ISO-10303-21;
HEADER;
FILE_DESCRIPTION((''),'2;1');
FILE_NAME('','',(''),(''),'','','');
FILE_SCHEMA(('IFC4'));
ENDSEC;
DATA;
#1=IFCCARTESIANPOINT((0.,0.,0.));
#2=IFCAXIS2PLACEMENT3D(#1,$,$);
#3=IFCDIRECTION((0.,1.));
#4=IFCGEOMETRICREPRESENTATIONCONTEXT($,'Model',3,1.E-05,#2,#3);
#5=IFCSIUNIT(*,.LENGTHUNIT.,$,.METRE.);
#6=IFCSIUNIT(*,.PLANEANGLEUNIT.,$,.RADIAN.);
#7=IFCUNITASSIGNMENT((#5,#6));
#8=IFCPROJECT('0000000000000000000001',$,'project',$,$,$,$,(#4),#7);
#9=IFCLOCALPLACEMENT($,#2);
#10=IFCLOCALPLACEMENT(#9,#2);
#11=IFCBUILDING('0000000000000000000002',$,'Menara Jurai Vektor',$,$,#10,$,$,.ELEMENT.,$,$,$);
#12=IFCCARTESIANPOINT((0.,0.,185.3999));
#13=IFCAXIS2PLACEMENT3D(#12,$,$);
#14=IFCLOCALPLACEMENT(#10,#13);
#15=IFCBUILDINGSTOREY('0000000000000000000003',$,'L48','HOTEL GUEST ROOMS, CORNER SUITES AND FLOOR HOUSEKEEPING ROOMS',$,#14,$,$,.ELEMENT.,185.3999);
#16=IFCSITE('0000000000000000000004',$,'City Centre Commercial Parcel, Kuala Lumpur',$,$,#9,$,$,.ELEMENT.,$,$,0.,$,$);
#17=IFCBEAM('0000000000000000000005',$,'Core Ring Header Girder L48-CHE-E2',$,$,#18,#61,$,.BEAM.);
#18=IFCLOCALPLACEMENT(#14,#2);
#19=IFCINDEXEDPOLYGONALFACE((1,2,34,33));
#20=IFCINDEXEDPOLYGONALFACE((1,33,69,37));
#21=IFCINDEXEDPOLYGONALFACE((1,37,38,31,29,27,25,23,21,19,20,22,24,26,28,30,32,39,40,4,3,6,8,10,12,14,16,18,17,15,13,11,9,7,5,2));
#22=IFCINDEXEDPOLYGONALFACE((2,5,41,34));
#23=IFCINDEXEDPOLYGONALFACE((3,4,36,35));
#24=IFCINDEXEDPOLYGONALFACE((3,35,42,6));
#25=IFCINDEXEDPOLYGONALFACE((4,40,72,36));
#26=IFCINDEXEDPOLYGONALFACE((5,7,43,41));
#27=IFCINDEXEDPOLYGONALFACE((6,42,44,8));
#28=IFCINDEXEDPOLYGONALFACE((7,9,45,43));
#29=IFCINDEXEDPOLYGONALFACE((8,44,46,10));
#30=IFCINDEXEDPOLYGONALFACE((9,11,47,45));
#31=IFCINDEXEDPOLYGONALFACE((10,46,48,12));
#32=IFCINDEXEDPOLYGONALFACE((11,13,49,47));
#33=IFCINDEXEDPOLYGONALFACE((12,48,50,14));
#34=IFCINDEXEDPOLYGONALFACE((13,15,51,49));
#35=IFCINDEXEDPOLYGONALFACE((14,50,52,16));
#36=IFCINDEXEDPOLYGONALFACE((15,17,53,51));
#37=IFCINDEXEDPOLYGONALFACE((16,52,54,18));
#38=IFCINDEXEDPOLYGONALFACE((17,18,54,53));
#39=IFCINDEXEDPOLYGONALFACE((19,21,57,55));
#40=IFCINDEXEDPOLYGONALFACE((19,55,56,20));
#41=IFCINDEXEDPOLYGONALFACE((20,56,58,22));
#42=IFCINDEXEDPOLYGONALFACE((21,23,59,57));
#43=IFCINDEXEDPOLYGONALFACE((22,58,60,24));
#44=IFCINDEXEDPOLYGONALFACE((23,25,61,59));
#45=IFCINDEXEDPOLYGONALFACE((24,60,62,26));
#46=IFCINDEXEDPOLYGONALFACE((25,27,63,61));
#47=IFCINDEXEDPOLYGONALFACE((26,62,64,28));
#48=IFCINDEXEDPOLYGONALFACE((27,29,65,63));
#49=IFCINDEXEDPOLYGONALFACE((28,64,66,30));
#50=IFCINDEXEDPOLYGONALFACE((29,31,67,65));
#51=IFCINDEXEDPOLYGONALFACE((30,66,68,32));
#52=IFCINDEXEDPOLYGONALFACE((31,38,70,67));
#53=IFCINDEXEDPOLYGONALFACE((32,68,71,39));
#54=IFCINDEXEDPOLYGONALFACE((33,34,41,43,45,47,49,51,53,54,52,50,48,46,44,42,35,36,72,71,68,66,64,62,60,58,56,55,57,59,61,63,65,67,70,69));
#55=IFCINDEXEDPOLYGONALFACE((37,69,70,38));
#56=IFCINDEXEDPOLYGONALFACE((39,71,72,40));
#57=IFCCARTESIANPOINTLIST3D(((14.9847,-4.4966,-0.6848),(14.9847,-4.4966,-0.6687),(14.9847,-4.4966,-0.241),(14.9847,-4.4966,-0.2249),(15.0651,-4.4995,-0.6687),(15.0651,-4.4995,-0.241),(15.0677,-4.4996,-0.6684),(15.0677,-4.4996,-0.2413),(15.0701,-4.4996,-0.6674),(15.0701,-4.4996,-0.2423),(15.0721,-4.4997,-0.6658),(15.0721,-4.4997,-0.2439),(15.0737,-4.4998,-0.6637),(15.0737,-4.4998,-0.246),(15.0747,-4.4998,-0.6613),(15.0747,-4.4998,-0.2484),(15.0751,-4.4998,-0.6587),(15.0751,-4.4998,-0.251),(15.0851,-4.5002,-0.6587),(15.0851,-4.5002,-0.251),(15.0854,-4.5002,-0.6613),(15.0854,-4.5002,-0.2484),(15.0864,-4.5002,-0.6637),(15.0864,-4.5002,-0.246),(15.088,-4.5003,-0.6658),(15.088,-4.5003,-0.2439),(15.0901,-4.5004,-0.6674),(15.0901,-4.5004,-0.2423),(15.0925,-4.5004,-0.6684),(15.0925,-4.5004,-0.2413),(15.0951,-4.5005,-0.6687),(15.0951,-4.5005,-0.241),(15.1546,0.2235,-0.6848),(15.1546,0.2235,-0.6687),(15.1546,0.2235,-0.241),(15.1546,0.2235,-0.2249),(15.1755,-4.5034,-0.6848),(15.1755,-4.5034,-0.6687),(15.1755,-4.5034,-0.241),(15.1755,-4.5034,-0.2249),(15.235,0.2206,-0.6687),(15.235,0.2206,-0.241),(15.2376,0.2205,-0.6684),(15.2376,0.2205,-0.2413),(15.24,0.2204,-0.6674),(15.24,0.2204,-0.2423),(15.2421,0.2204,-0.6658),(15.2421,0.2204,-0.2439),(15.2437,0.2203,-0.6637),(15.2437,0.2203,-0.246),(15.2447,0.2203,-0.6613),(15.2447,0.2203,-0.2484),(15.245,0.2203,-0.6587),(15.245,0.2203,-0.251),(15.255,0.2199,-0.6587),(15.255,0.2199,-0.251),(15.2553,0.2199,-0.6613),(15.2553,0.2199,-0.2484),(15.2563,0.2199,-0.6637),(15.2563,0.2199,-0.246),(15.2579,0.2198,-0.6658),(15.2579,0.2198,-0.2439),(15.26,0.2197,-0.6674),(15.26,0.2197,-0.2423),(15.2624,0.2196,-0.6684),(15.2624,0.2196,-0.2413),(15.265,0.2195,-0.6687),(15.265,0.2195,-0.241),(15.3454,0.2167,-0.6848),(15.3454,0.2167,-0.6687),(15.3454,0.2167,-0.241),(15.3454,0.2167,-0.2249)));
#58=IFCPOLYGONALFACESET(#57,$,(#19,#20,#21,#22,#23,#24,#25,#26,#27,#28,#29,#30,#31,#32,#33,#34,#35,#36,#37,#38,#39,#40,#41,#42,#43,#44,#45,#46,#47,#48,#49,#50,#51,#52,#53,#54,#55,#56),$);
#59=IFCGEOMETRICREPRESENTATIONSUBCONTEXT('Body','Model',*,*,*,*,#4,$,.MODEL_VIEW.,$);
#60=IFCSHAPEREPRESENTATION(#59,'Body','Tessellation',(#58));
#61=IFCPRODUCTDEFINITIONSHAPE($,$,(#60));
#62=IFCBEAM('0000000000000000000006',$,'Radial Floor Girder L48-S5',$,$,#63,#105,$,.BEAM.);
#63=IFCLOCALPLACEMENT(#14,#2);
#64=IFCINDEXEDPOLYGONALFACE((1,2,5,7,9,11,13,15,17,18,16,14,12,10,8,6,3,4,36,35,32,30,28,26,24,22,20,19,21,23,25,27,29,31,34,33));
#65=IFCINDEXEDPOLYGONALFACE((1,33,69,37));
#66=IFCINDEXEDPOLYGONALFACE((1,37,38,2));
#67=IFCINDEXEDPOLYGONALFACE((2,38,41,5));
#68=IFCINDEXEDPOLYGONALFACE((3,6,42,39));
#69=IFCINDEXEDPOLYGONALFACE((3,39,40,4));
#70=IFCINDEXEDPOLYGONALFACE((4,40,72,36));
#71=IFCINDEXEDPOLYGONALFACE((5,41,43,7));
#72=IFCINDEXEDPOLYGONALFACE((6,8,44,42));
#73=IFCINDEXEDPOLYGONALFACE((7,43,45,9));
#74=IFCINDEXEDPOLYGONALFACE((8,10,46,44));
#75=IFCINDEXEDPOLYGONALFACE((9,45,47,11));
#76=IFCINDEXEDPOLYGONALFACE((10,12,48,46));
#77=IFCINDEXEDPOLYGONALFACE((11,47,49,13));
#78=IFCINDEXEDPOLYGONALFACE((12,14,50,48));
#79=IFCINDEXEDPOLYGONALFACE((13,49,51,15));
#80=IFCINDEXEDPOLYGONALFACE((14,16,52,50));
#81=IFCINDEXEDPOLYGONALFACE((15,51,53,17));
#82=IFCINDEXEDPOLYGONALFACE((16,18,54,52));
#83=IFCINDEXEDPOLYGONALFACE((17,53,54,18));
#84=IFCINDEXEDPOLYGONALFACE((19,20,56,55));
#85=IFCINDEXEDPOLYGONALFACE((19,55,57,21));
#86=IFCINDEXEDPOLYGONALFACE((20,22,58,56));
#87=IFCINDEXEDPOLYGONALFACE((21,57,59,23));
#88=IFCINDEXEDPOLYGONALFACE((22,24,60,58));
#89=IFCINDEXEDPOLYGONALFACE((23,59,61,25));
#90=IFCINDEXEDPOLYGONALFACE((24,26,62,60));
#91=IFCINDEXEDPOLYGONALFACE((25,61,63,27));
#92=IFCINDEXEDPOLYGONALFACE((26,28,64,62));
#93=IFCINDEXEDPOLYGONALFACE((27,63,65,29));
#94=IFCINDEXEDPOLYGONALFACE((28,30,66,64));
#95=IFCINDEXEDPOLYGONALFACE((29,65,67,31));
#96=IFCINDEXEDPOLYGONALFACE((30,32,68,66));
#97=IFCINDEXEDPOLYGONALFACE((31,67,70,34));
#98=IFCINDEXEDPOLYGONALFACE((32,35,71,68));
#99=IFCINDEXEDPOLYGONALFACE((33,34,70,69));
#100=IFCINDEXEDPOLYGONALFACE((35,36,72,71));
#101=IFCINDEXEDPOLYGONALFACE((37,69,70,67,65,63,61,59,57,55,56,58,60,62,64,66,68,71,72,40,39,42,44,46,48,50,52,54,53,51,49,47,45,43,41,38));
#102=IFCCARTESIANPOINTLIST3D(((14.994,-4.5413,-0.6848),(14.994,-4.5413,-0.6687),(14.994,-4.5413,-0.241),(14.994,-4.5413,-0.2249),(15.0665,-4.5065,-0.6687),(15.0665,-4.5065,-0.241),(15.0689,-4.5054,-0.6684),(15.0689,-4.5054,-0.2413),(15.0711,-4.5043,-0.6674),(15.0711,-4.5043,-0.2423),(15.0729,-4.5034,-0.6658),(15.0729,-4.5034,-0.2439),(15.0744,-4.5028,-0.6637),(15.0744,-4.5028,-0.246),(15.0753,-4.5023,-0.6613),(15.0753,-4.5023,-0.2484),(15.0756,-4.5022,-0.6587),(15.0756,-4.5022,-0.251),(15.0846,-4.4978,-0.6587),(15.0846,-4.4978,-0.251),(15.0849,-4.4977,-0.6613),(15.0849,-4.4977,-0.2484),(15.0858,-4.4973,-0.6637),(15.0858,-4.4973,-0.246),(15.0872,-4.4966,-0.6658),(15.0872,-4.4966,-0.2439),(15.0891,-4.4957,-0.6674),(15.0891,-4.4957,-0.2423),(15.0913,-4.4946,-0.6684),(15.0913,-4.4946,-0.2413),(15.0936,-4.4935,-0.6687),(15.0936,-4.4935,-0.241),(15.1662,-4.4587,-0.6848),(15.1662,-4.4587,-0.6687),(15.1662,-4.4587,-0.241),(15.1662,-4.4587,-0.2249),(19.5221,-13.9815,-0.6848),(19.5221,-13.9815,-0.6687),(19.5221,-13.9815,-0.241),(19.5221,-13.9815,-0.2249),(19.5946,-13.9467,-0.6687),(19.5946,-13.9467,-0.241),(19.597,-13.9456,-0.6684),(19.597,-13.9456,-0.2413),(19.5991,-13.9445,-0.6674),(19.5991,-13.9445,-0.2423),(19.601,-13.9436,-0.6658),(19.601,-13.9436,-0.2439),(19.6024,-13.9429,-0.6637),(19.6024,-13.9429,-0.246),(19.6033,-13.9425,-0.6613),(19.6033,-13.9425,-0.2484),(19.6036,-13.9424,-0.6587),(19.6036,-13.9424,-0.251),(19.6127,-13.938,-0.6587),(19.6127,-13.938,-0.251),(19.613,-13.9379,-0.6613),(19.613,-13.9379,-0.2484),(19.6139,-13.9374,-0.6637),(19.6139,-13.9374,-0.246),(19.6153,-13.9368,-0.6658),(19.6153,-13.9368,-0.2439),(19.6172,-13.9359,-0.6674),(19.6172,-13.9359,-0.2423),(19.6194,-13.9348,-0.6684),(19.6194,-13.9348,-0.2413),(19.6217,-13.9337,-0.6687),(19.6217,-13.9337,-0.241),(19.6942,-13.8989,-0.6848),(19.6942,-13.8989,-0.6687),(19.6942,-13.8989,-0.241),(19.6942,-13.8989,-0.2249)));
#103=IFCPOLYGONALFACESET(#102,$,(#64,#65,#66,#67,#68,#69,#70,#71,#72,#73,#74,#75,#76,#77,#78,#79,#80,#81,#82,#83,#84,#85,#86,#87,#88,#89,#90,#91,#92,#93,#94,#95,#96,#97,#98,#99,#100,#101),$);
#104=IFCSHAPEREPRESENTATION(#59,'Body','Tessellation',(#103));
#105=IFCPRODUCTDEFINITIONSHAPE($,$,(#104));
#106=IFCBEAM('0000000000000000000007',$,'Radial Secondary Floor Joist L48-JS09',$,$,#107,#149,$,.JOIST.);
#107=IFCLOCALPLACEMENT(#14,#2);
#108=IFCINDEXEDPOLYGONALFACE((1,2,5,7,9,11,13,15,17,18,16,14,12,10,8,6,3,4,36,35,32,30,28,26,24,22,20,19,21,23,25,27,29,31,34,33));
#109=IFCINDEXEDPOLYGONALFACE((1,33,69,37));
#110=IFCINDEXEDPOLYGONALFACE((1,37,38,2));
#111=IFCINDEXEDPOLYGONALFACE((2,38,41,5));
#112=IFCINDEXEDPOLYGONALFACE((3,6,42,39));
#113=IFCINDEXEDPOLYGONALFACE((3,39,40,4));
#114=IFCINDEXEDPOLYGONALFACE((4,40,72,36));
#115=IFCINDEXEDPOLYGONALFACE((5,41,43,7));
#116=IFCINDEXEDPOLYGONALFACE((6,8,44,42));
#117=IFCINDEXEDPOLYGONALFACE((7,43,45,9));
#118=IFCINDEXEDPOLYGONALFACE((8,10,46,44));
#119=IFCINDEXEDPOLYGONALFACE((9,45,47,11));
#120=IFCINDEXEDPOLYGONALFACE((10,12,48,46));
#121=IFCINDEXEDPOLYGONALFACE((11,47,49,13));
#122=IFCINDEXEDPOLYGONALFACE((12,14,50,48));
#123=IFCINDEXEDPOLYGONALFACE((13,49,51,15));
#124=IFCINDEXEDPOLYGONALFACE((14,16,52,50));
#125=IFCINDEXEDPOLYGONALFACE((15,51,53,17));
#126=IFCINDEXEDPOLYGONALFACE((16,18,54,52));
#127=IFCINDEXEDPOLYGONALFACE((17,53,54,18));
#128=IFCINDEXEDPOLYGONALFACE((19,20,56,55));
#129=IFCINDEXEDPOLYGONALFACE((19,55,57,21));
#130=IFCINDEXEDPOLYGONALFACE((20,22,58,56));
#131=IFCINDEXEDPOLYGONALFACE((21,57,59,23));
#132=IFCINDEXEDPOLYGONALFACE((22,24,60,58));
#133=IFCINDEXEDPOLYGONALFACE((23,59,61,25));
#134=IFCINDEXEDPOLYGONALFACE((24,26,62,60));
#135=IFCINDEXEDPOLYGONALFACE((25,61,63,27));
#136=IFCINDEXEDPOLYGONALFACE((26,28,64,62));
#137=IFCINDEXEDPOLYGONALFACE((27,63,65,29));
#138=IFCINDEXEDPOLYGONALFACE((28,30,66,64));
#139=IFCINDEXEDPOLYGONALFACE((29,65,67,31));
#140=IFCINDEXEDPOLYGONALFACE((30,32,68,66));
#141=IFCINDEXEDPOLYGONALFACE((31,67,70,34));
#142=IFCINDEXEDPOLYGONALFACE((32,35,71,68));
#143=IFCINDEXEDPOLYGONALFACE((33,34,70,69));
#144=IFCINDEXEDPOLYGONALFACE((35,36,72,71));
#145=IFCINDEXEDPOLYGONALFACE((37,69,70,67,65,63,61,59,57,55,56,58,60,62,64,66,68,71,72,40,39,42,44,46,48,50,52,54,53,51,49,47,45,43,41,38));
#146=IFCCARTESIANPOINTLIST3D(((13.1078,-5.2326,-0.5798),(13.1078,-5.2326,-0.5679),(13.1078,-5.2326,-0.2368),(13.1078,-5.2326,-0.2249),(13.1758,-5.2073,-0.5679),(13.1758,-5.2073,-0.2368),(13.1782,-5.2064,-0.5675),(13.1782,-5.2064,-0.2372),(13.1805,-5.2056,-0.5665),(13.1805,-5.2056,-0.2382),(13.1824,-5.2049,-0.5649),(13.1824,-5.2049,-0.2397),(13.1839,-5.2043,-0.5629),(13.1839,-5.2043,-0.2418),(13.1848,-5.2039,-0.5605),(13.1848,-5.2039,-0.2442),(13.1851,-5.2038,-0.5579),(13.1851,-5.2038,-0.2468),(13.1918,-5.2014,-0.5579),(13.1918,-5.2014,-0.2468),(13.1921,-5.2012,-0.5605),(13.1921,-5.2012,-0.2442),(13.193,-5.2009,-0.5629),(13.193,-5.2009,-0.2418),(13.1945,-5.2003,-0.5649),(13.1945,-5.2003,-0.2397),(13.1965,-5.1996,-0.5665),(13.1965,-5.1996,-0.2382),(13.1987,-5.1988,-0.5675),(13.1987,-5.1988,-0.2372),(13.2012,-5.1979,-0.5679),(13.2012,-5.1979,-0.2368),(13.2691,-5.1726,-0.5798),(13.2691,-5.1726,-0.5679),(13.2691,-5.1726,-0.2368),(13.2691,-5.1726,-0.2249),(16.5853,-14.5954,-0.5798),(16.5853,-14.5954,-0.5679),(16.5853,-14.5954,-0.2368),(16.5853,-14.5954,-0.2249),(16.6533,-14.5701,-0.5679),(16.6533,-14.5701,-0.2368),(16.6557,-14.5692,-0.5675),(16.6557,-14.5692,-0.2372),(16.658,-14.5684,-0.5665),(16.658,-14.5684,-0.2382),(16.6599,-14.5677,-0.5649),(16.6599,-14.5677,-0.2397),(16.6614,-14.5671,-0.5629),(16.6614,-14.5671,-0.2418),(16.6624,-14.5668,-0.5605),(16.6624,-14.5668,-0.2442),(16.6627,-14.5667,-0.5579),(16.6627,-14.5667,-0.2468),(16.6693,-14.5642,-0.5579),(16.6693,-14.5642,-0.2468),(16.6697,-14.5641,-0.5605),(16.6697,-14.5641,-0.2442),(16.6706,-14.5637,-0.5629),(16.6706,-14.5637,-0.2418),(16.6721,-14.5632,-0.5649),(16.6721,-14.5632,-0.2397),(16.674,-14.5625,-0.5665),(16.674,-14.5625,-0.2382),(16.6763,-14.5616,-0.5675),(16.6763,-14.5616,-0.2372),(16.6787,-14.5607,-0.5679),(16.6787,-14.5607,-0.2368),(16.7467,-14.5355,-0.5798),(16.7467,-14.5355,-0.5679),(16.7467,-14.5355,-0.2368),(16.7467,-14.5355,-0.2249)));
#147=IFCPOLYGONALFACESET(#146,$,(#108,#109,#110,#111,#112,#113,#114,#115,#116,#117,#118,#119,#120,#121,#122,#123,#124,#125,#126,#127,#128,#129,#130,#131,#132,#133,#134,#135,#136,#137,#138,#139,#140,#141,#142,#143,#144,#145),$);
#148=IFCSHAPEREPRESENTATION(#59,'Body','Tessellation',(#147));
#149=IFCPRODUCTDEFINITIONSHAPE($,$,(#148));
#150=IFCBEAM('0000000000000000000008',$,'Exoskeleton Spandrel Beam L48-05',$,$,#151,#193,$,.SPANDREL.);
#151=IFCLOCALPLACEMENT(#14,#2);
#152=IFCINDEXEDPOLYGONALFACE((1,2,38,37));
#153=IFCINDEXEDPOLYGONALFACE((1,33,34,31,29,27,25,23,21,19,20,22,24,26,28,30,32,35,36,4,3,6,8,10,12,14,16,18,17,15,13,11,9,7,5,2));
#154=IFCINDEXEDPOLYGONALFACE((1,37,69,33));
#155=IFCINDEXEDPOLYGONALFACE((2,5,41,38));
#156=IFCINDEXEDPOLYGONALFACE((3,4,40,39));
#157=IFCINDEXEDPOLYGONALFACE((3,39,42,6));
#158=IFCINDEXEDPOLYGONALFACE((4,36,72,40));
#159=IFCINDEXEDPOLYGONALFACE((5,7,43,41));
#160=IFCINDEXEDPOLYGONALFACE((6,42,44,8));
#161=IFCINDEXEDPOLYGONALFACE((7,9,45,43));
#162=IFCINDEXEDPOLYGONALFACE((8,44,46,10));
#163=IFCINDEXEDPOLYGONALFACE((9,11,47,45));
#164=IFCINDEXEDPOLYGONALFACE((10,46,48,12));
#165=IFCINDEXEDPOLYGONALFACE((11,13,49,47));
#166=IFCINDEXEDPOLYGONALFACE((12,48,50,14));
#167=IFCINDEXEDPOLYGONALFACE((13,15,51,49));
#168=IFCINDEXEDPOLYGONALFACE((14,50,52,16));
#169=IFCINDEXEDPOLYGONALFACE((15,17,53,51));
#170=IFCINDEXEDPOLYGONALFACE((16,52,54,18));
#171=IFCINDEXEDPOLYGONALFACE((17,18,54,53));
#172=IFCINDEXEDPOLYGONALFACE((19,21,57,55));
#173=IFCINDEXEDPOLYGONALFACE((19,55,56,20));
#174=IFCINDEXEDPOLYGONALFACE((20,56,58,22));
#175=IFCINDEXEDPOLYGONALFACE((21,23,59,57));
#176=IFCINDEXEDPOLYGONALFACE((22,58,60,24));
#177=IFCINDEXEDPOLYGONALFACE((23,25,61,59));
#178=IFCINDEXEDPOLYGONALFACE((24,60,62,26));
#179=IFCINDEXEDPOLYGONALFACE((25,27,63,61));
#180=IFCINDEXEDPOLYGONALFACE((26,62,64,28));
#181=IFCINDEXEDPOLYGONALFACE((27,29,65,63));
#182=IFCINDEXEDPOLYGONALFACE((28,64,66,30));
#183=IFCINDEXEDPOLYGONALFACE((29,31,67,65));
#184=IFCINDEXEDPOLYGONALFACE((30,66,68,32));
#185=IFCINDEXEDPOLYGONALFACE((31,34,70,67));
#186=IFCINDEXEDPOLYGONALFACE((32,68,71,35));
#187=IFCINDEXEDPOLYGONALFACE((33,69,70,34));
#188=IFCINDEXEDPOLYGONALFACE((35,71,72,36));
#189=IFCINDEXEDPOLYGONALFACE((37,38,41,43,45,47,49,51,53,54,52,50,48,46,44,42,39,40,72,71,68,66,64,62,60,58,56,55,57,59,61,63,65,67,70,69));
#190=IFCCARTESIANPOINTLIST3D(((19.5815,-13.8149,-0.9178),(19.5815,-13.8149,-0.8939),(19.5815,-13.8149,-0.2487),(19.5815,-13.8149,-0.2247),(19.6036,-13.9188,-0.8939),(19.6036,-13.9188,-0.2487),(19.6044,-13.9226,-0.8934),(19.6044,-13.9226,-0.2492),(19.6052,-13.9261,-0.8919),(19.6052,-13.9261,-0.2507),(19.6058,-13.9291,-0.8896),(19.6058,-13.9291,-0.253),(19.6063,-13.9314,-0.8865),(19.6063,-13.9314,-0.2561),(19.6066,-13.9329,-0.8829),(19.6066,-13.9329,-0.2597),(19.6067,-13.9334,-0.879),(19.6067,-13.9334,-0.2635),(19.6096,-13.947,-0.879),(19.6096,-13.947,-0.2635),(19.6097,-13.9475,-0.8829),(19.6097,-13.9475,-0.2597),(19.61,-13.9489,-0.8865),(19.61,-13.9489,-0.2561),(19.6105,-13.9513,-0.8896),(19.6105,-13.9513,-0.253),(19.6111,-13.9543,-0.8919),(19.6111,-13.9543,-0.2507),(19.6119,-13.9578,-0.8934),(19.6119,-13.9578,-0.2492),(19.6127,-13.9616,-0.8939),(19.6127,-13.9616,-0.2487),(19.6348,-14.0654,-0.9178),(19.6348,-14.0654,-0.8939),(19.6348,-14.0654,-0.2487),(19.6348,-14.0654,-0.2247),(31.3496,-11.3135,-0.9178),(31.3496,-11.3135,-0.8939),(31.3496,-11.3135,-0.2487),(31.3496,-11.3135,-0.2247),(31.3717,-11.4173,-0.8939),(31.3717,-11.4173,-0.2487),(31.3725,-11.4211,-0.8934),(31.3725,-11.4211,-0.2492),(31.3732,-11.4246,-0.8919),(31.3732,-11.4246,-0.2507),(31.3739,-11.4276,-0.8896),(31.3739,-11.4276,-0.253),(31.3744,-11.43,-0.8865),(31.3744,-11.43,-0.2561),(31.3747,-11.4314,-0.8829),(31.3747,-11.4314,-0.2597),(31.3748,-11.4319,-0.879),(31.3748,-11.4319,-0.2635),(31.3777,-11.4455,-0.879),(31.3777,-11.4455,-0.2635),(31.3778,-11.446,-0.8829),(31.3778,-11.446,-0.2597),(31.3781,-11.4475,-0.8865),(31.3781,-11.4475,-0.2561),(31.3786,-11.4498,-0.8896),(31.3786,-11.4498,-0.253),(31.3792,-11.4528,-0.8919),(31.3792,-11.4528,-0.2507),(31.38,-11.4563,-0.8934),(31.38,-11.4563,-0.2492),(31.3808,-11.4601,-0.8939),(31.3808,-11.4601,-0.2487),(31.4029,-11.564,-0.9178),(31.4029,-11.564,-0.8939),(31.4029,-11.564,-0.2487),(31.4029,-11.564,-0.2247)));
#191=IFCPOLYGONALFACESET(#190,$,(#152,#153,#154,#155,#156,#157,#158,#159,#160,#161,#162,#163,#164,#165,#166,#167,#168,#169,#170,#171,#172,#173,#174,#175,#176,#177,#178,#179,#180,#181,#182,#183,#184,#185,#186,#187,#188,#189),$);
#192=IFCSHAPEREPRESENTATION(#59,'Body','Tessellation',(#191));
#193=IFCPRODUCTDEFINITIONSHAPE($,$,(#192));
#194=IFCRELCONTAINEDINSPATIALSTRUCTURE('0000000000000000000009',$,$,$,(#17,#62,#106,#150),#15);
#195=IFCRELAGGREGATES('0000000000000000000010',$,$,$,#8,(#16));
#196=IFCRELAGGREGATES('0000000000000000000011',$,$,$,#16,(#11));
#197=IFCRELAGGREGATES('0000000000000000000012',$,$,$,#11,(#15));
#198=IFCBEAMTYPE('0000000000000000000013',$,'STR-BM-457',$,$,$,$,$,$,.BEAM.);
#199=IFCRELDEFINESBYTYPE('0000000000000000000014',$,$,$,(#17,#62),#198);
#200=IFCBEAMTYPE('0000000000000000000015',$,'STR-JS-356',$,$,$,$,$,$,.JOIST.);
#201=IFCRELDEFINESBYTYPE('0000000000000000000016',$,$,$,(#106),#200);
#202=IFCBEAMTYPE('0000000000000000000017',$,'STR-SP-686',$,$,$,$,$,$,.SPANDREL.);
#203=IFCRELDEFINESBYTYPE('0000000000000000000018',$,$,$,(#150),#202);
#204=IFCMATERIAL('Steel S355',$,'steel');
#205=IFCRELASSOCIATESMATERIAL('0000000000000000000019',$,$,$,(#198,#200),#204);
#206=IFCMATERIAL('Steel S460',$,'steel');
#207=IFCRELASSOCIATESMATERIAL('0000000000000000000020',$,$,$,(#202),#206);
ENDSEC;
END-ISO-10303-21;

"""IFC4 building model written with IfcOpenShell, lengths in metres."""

from ifc_helpers import new_model, si_unit, direction, frame, origin, origin_2d, place, context, subcontext, project, spatial, i_section, extrude, material, material_profile, profile_set, type_object, element, save


model = new_model("IFC4")

# Units and contexts
model_context = context("Model", 3, precision=1e-05, world=origin(), true_north=direction((0.0, 1.0)))
body_context = subcontext(model_context, "Body", "Model", "MODEL_VIEW")
ifc_project = project(units=[si_unit("LENGTHUNIT", "METRE"), si_unit("PLANEANGLEUNIT", "RADIAN")], contexts=[model_context])

# Site, building, storey
site_placement = place(None, origin())
site = spatial("IfcSite", under=ifc_project, at=site_placement, Name="City Centre Commercial Parcel, Kuala Lumpur", CompositionType="ELEMENT", RefElevation=0.0)
building_placement = place(site_placement, origin())
building = spatial("IfcBuilding", under=site, at=building_placement, Name="Menara Jurai Vektor", CompositionType="ELEMENT")
storey_placement = place(building_placement, frame((0.0, 0.0, 185.3999)))
storey = spatial("IfcBuildingStorey", under=building, at=storey_placement, Name="L48", Description="HOTEL GUEST ROOMS, CORNER SUITES AND FLOOR HOUSEKEEPING ROOMS", CompositionType="ELEMENT", Elevation=185.3999)

# Shared definitions
ifc_material_1 = material(Name="Steel S460", Category="steel")

# Beams
ifc_material_2 = material(Name="Steel S355", Category="steel")
ifc_material_profile_1 = material_profile(ifc_material_2, i_section(OverallWidth=0.1909, OverallDepth=0.46, WebThickness=0.01, FlangeThickness=0.0161, FilletRadius=0.01, at=origin_2d()), Name="UKB 457x191x82")
ifc_profile_set_1 = profile_set([ifc_material_profile_1], Name="Steel S355")
beam_type_1 = type_object("IfcBeamType", Name="STR-BM-457", PredefinedType="BEAM", material=ifc_profile_set_1)
beam_1_placement = place(storey_placement, frame((15.0801, -4.5, -0.4548), z_axis=(0.035977, 0.999353, 0.0), x_axis=(-0.999353, 0.035977, 0.0)))
element("IfcBeam", 1, at=beam_1_placement, inside=storey, type_object=beam_type_1, Name="Core Ring Header Girder L48-CHE-E2", PredefinedType="BEAM", context=body_context, shape_type="SweptSolid", body=[
    extrude(i_section(OverallWidth=0.1909, OverallDepth=0.46, WebThickness=0.01, FlangeThickness=0.0161, FilletRadius=0.01, at=origin_2d()), origin(), (0.0, 0.0, 1.0), 4.7231),
])
beam_2_placement = place(storey_placement, frame((19.6082, -13.9402, -0.4548), z_axis=(-0.432482, 0.901643, 0.0), x_axis=(-0.901643, -0.432482, 0.0)))
element("IfcBeam", 2, at=beam_2_placement, inside=storey, type_object=beam_type_1, Name="Radial Floor Girder L48-S5", PredefinedType="BEAM", context=body_context, shape_type="SweptSolid", body=[
    extrude(i_section(OverallWidth=0.1909, OverallDepth=0.46, WebThickness=0.01, FlangeThickness=0.0161, FilletRadius=0.01, at=origin_2d()), origin(), (0.0, 0.0, 1.0), 10.47),
])
ifc_material_profile_2 = material_profile(ifc_material_2, i_section(OverallWidth=0.1721, OverallDepth=0.355, WebThickness=0.0071, FlangeThickness=0.012, FilletRadius=0.01, at=origin_2d()), Name="UKB 356x171x51")
ifc_profile_set_2 = profile_set([ifc_material_profile_2], Name="Steel S355")
beam_type_2 = type_object("IfcBeamType", Name="STR-JS-356", PredefinedType="JOIST", material=ifc_profile_set_2)
beam_3_placement = place(storey_placement, frame((16.666, -14.5654, -0.4023), z_axis=(-0.34818, 0.937428, 0.0), x_axis=(-0.937428, -0.34818, 0.0)))
element("IfcBeam", 3, at=beam_3_placement, inside=storey, type_object=beam_type_2, Name="Radial Secondary Floor Joist L48-JS09", PredefinedType="JOIST", context=body_context, shape_type="SweptSolid", body=[
    extrude(i_section(OverallWidth=0.1721, OverallDepth=0.355, WebThickness=0.0071, FlangeThickness=0.012, FilletRadius=0.01, at=origin_2d()), origin(), (0.0, 0.0, 1.0), 9.9878),
])
ifc_material_profile_3 = material_profile(ifc_material_1, i_section(OverallWidth=0.2561, OverallDepth=0.6931, WebThickness=0.0139, FlangeThickness=0.0239, FilletRadius=0.0149, at=origin_2d()), Name="UKB 686x254x170")
ifc_profile_set_3 = profile_set([ifc_material_profile_3], Name="Steel S460")
beam_type_3 = type_object("IfcBeamType", Name="STR-SP-686", PredefinedType="SPANDREL", material=ifc_profile_set_3)
beam_4_placement = place(storey_placement, frame((19.6082, -13.9402, -0.5713), z_axis=(0.978146, 0.207918, 0.0), x_axis=(-0.207918, 0.978146, 0.0)))
element("IfcBeam", 4, at=beam_4_placement, inside=storey, type_object=beam_type_3, Name="Exoskeleton Spandrel Beam L48-05", PredefinedType="SPANDREL", context=body_context, shape_type="SweptSolid", body=[
    extrude(i_section(OverallWidth=0.2561, OverallDepth=0.6931, WebThickness=0.0139, FlangeThickness=0.0239, FilletRadius=0.0149, at=origin_2d()), origin(), (0.0, 0.0, 1.0), 12.031),
])

save(model, "model.ifc")
